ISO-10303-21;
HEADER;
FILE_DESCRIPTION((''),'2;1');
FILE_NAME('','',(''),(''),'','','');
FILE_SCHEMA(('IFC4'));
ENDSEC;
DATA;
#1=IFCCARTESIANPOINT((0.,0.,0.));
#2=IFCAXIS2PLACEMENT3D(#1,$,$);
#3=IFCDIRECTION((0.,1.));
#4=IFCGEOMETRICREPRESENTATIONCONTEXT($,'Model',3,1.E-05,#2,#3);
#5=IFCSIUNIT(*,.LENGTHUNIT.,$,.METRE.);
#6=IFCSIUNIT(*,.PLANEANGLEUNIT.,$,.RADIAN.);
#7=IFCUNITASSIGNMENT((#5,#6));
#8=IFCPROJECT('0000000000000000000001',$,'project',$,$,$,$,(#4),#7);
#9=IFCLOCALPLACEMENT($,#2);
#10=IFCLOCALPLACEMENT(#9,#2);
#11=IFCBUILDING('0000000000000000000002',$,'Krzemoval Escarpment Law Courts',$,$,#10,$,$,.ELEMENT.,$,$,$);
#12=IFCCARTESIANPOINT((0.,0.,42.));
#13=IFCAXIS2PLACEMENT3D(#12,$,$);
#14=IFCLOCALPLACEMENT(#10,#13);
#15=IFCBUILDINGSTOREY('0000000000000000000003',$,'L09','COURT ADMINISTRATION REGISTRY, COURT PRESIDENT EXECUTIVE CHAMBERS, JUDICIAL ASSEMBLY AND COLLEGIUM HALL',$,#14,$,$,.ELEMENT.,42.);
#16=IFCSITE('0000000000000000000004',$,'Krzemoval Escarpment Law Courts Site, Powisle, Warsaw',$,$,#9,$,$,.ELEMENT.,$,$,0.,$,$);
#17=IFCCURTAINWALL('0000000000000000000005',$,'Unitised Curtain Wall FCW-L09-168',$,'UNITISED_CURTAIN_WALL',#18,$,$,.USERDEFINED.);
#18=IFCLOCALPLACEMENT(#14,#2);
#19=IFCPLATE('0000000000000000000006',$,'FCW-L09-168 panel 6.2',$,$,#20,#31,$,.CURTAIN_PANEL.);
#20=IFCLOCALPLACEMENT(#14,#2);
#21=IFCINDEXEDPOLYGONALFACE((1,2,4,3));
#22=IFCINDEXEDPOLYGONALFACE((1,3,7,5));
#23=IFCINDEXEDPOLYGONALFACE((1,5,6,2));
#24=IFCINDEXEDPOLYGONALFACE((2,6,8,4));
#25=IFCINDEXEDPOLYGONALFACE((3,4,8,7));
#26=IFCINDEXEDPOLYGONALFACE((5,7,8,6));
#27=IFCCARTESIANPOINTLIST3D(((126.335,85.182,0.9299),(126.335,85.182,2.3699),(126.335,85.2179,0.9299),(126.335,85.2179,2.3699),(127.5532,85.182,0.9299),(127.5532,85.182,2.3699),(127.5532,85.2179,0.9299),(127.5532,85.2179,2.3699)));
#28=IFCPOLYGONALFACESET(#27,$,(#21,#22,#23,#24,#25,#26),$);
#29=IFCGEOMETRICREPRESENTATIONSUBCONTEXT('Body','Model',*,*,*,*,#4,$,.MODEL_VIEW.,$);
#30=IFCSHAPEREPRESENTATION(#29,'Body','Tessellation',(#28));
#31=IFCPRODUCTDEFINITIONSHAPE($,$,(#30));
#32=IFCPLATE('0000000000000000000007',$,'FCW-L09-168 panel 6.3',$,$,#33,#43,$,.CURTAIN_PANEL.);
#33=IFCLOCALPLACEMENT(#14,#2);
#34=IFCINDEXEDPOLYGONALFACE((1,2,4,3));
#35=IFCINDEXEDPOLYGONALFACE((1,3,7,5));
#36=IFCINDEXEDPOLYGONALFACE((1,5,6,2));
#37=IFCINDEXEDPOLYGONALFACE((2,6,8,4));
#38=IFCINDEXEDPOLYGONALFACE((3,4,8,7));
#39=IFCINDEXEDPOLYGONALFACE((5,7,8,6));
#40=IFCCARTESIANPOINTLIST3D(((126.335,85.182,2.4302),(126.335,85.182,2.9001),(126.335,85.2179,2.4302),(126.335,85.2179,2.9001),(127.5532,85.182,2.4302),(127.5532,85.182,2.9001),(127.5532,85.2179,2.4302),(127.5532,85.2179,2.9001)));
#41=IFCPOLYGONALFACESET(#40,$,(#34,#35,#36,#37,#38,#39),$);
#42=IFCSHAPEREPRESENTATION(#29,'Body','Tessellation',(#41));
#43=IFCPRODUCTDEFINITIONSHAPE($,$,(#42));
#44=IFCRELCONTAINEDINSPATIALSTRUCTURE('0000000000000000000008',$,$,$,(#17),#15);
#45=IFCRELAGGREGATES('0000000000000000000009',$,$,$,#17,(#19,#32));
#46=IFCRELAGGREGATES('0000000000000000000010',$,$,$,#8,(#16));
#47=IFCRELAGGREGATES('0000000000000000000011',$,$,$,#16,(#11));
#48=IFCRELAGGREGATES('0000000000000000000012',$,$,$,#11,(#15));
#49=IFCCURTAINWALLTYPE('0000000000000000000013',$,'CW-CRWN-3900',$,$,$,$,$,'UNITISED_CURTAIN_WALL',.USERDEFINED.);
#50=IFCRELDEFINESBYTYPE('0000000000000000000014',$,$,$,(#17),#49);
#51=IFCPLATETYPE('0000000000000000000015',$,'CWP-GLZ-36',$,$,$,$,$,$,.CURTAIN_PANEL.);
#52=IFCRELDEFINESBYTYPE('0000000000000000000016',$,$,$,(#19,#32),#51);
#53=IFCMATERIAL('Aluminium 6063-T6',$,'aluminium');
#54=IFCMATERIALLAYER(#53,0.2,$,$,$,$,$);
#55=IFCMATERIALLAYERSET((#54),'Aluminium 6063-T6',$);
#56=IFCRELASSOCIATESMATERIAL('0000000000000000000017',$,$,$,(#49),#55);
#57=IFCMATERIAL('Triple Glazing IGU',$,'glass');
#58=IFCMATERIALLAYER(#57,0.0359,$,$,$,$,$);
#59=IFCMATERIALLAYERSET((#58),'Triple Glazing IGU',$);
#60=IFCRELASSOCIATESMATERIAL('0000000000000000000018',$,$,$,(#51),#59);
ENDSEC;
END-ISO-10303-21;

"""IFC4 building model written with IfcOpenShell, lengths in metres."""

from ifc_helpers import new_model, si_unit, direction, frame, origin, origin_2d, place, context, subcontext, project, spatial, rectangle, extrude, material, layer, layer_set, type_object, element, aggregate, save


model = new_model("IFC4")

# Units and contexts
model_context = context("Model", 3, precision=1e-05, world=origin(), true_north=direction((0.0, 1.0)))
body_context = subcontext(model_context, "Body", "Model", "MODEL_VIEW")
ifc_project = project(units=[si_unit("LENGTHUNIT", "METRE"), si_unit("PLANEANGLEUNIT", "RADIAN")], contexts=[model_context])

# Site, building, storey
site_placement = place(None, origin())
site = spatial("IfcSite", under=ifc_project, at=site_placement, Name="Krzemoval Escarpment Law Courts Site, Powisle, Warsaw", CompositionType="ELEMENT", RefElevation=0.0)
building_placement = place(site_placement, origin())
building = spatial("IfcBuilding", under=site, at=building_placement, Name="Krzemoval Escarpment Law Courts", CompositionType="ELEMENT")
storey_placement = place(building_placement, frame((0.0, 0.0, 42.0)))
storey = spatial("IfcBuildingStorey", under=building, at=storey_placement, Name="L09", Description="COURT ADMINISTRATION REGISTRY, COURT PRESIDENT EXECUTIVE CHAMBERS, JUDICIAL ASSEMBLY AND COLLEGIUM HALL", CompositionType="ELEMENT", Elevation=42.0)

# Curtain wall, plates
ifc_material_1 = material(Name="Aluminium 6063-T6", Category="aluminium")
ifc_layer_1 = layer(ifc_material_1, 0.2)
ifc_layer_set_1 = layer_set([ifc_layer_1], Name="Aluminium 6063-T6")
curtain_wall_type = type_object("IfcCurtainWallType", Name="CW-CRWN-3900", ElementType="UNITISED_CURTAIN_WALL", PredefinedType="USERDEFINED", material=ifc_layer_set_1)
curtain_wall_placement = place(storey_placement, origin())
curtain_wall = element("IfcCurtainWall", 1, at=curtain_wall_placement, inside=storey, type_object=curtain_wall_type, Name="Unitised Curtain Wall FCW-L09-168", ObjectType="UNITISED_CURTAIN_WALL", PredefinedType="USERDEFINED")
ifc_material_2 = material(Name="Triple Glazing IGU", Category="glass")
ifc_layer_2 = layer(ifc_material_2, 0.0359)
ifc_layer_set_2 = layer_set([ifc_layer_2], Name="Triple Glazing IGU")
plate_type = type_object("IfcPlateType", Name="CWP-GLZ-36", PredefinedType="CURTAIN_PANEL", material=ifc_layer_set_2)
plate_1_placement = place(storey_placement, frame((126.9441, 85.2, 0.9299), z_axis=(0.0, 0.0, 1.0), x_axis=(-1.0, 0.0, 0.0)))
plate_1 = element("IfcPlate", 2, at=plate_1_placement, type_object=plate_type, Name="FCW-L09-168 panel 6.2", PredefinedType="CURTAIN_PANEL", context=body_context, shape_type="SweptSolid", body=[
    extrude(rectangle(XDim=1.2183, YDim=0.0359, at=origin_2d()), origin(), (0.0, 0.0, 1.0), 1.4399),
])
plate_2_placement = place(storey_placement, frame((126.9441, 85.2, 2.4302), z_axis=(0.0, 0.0, 1.0), x_axis=(-1.0, 0.0, 0.0)))
plate_2 = element("IfcPlate", 3, at=plate_2_placement, type_object=plate_type, Name="FCW-L09-168 panel 6.3", PredefinedType="CURTAIN_PANEL", context=body_context, shape_type="SweptSolid", body=[
    extrude(rectangle(XDim=1.2183, YDim=0.0359, at=origin_2d()), origin(), (0.0, 0.0, 1.0), 0.47),
])
aggregate(curtain_wall, [plate_1, plate_2])

save(model, "model.ifc")
